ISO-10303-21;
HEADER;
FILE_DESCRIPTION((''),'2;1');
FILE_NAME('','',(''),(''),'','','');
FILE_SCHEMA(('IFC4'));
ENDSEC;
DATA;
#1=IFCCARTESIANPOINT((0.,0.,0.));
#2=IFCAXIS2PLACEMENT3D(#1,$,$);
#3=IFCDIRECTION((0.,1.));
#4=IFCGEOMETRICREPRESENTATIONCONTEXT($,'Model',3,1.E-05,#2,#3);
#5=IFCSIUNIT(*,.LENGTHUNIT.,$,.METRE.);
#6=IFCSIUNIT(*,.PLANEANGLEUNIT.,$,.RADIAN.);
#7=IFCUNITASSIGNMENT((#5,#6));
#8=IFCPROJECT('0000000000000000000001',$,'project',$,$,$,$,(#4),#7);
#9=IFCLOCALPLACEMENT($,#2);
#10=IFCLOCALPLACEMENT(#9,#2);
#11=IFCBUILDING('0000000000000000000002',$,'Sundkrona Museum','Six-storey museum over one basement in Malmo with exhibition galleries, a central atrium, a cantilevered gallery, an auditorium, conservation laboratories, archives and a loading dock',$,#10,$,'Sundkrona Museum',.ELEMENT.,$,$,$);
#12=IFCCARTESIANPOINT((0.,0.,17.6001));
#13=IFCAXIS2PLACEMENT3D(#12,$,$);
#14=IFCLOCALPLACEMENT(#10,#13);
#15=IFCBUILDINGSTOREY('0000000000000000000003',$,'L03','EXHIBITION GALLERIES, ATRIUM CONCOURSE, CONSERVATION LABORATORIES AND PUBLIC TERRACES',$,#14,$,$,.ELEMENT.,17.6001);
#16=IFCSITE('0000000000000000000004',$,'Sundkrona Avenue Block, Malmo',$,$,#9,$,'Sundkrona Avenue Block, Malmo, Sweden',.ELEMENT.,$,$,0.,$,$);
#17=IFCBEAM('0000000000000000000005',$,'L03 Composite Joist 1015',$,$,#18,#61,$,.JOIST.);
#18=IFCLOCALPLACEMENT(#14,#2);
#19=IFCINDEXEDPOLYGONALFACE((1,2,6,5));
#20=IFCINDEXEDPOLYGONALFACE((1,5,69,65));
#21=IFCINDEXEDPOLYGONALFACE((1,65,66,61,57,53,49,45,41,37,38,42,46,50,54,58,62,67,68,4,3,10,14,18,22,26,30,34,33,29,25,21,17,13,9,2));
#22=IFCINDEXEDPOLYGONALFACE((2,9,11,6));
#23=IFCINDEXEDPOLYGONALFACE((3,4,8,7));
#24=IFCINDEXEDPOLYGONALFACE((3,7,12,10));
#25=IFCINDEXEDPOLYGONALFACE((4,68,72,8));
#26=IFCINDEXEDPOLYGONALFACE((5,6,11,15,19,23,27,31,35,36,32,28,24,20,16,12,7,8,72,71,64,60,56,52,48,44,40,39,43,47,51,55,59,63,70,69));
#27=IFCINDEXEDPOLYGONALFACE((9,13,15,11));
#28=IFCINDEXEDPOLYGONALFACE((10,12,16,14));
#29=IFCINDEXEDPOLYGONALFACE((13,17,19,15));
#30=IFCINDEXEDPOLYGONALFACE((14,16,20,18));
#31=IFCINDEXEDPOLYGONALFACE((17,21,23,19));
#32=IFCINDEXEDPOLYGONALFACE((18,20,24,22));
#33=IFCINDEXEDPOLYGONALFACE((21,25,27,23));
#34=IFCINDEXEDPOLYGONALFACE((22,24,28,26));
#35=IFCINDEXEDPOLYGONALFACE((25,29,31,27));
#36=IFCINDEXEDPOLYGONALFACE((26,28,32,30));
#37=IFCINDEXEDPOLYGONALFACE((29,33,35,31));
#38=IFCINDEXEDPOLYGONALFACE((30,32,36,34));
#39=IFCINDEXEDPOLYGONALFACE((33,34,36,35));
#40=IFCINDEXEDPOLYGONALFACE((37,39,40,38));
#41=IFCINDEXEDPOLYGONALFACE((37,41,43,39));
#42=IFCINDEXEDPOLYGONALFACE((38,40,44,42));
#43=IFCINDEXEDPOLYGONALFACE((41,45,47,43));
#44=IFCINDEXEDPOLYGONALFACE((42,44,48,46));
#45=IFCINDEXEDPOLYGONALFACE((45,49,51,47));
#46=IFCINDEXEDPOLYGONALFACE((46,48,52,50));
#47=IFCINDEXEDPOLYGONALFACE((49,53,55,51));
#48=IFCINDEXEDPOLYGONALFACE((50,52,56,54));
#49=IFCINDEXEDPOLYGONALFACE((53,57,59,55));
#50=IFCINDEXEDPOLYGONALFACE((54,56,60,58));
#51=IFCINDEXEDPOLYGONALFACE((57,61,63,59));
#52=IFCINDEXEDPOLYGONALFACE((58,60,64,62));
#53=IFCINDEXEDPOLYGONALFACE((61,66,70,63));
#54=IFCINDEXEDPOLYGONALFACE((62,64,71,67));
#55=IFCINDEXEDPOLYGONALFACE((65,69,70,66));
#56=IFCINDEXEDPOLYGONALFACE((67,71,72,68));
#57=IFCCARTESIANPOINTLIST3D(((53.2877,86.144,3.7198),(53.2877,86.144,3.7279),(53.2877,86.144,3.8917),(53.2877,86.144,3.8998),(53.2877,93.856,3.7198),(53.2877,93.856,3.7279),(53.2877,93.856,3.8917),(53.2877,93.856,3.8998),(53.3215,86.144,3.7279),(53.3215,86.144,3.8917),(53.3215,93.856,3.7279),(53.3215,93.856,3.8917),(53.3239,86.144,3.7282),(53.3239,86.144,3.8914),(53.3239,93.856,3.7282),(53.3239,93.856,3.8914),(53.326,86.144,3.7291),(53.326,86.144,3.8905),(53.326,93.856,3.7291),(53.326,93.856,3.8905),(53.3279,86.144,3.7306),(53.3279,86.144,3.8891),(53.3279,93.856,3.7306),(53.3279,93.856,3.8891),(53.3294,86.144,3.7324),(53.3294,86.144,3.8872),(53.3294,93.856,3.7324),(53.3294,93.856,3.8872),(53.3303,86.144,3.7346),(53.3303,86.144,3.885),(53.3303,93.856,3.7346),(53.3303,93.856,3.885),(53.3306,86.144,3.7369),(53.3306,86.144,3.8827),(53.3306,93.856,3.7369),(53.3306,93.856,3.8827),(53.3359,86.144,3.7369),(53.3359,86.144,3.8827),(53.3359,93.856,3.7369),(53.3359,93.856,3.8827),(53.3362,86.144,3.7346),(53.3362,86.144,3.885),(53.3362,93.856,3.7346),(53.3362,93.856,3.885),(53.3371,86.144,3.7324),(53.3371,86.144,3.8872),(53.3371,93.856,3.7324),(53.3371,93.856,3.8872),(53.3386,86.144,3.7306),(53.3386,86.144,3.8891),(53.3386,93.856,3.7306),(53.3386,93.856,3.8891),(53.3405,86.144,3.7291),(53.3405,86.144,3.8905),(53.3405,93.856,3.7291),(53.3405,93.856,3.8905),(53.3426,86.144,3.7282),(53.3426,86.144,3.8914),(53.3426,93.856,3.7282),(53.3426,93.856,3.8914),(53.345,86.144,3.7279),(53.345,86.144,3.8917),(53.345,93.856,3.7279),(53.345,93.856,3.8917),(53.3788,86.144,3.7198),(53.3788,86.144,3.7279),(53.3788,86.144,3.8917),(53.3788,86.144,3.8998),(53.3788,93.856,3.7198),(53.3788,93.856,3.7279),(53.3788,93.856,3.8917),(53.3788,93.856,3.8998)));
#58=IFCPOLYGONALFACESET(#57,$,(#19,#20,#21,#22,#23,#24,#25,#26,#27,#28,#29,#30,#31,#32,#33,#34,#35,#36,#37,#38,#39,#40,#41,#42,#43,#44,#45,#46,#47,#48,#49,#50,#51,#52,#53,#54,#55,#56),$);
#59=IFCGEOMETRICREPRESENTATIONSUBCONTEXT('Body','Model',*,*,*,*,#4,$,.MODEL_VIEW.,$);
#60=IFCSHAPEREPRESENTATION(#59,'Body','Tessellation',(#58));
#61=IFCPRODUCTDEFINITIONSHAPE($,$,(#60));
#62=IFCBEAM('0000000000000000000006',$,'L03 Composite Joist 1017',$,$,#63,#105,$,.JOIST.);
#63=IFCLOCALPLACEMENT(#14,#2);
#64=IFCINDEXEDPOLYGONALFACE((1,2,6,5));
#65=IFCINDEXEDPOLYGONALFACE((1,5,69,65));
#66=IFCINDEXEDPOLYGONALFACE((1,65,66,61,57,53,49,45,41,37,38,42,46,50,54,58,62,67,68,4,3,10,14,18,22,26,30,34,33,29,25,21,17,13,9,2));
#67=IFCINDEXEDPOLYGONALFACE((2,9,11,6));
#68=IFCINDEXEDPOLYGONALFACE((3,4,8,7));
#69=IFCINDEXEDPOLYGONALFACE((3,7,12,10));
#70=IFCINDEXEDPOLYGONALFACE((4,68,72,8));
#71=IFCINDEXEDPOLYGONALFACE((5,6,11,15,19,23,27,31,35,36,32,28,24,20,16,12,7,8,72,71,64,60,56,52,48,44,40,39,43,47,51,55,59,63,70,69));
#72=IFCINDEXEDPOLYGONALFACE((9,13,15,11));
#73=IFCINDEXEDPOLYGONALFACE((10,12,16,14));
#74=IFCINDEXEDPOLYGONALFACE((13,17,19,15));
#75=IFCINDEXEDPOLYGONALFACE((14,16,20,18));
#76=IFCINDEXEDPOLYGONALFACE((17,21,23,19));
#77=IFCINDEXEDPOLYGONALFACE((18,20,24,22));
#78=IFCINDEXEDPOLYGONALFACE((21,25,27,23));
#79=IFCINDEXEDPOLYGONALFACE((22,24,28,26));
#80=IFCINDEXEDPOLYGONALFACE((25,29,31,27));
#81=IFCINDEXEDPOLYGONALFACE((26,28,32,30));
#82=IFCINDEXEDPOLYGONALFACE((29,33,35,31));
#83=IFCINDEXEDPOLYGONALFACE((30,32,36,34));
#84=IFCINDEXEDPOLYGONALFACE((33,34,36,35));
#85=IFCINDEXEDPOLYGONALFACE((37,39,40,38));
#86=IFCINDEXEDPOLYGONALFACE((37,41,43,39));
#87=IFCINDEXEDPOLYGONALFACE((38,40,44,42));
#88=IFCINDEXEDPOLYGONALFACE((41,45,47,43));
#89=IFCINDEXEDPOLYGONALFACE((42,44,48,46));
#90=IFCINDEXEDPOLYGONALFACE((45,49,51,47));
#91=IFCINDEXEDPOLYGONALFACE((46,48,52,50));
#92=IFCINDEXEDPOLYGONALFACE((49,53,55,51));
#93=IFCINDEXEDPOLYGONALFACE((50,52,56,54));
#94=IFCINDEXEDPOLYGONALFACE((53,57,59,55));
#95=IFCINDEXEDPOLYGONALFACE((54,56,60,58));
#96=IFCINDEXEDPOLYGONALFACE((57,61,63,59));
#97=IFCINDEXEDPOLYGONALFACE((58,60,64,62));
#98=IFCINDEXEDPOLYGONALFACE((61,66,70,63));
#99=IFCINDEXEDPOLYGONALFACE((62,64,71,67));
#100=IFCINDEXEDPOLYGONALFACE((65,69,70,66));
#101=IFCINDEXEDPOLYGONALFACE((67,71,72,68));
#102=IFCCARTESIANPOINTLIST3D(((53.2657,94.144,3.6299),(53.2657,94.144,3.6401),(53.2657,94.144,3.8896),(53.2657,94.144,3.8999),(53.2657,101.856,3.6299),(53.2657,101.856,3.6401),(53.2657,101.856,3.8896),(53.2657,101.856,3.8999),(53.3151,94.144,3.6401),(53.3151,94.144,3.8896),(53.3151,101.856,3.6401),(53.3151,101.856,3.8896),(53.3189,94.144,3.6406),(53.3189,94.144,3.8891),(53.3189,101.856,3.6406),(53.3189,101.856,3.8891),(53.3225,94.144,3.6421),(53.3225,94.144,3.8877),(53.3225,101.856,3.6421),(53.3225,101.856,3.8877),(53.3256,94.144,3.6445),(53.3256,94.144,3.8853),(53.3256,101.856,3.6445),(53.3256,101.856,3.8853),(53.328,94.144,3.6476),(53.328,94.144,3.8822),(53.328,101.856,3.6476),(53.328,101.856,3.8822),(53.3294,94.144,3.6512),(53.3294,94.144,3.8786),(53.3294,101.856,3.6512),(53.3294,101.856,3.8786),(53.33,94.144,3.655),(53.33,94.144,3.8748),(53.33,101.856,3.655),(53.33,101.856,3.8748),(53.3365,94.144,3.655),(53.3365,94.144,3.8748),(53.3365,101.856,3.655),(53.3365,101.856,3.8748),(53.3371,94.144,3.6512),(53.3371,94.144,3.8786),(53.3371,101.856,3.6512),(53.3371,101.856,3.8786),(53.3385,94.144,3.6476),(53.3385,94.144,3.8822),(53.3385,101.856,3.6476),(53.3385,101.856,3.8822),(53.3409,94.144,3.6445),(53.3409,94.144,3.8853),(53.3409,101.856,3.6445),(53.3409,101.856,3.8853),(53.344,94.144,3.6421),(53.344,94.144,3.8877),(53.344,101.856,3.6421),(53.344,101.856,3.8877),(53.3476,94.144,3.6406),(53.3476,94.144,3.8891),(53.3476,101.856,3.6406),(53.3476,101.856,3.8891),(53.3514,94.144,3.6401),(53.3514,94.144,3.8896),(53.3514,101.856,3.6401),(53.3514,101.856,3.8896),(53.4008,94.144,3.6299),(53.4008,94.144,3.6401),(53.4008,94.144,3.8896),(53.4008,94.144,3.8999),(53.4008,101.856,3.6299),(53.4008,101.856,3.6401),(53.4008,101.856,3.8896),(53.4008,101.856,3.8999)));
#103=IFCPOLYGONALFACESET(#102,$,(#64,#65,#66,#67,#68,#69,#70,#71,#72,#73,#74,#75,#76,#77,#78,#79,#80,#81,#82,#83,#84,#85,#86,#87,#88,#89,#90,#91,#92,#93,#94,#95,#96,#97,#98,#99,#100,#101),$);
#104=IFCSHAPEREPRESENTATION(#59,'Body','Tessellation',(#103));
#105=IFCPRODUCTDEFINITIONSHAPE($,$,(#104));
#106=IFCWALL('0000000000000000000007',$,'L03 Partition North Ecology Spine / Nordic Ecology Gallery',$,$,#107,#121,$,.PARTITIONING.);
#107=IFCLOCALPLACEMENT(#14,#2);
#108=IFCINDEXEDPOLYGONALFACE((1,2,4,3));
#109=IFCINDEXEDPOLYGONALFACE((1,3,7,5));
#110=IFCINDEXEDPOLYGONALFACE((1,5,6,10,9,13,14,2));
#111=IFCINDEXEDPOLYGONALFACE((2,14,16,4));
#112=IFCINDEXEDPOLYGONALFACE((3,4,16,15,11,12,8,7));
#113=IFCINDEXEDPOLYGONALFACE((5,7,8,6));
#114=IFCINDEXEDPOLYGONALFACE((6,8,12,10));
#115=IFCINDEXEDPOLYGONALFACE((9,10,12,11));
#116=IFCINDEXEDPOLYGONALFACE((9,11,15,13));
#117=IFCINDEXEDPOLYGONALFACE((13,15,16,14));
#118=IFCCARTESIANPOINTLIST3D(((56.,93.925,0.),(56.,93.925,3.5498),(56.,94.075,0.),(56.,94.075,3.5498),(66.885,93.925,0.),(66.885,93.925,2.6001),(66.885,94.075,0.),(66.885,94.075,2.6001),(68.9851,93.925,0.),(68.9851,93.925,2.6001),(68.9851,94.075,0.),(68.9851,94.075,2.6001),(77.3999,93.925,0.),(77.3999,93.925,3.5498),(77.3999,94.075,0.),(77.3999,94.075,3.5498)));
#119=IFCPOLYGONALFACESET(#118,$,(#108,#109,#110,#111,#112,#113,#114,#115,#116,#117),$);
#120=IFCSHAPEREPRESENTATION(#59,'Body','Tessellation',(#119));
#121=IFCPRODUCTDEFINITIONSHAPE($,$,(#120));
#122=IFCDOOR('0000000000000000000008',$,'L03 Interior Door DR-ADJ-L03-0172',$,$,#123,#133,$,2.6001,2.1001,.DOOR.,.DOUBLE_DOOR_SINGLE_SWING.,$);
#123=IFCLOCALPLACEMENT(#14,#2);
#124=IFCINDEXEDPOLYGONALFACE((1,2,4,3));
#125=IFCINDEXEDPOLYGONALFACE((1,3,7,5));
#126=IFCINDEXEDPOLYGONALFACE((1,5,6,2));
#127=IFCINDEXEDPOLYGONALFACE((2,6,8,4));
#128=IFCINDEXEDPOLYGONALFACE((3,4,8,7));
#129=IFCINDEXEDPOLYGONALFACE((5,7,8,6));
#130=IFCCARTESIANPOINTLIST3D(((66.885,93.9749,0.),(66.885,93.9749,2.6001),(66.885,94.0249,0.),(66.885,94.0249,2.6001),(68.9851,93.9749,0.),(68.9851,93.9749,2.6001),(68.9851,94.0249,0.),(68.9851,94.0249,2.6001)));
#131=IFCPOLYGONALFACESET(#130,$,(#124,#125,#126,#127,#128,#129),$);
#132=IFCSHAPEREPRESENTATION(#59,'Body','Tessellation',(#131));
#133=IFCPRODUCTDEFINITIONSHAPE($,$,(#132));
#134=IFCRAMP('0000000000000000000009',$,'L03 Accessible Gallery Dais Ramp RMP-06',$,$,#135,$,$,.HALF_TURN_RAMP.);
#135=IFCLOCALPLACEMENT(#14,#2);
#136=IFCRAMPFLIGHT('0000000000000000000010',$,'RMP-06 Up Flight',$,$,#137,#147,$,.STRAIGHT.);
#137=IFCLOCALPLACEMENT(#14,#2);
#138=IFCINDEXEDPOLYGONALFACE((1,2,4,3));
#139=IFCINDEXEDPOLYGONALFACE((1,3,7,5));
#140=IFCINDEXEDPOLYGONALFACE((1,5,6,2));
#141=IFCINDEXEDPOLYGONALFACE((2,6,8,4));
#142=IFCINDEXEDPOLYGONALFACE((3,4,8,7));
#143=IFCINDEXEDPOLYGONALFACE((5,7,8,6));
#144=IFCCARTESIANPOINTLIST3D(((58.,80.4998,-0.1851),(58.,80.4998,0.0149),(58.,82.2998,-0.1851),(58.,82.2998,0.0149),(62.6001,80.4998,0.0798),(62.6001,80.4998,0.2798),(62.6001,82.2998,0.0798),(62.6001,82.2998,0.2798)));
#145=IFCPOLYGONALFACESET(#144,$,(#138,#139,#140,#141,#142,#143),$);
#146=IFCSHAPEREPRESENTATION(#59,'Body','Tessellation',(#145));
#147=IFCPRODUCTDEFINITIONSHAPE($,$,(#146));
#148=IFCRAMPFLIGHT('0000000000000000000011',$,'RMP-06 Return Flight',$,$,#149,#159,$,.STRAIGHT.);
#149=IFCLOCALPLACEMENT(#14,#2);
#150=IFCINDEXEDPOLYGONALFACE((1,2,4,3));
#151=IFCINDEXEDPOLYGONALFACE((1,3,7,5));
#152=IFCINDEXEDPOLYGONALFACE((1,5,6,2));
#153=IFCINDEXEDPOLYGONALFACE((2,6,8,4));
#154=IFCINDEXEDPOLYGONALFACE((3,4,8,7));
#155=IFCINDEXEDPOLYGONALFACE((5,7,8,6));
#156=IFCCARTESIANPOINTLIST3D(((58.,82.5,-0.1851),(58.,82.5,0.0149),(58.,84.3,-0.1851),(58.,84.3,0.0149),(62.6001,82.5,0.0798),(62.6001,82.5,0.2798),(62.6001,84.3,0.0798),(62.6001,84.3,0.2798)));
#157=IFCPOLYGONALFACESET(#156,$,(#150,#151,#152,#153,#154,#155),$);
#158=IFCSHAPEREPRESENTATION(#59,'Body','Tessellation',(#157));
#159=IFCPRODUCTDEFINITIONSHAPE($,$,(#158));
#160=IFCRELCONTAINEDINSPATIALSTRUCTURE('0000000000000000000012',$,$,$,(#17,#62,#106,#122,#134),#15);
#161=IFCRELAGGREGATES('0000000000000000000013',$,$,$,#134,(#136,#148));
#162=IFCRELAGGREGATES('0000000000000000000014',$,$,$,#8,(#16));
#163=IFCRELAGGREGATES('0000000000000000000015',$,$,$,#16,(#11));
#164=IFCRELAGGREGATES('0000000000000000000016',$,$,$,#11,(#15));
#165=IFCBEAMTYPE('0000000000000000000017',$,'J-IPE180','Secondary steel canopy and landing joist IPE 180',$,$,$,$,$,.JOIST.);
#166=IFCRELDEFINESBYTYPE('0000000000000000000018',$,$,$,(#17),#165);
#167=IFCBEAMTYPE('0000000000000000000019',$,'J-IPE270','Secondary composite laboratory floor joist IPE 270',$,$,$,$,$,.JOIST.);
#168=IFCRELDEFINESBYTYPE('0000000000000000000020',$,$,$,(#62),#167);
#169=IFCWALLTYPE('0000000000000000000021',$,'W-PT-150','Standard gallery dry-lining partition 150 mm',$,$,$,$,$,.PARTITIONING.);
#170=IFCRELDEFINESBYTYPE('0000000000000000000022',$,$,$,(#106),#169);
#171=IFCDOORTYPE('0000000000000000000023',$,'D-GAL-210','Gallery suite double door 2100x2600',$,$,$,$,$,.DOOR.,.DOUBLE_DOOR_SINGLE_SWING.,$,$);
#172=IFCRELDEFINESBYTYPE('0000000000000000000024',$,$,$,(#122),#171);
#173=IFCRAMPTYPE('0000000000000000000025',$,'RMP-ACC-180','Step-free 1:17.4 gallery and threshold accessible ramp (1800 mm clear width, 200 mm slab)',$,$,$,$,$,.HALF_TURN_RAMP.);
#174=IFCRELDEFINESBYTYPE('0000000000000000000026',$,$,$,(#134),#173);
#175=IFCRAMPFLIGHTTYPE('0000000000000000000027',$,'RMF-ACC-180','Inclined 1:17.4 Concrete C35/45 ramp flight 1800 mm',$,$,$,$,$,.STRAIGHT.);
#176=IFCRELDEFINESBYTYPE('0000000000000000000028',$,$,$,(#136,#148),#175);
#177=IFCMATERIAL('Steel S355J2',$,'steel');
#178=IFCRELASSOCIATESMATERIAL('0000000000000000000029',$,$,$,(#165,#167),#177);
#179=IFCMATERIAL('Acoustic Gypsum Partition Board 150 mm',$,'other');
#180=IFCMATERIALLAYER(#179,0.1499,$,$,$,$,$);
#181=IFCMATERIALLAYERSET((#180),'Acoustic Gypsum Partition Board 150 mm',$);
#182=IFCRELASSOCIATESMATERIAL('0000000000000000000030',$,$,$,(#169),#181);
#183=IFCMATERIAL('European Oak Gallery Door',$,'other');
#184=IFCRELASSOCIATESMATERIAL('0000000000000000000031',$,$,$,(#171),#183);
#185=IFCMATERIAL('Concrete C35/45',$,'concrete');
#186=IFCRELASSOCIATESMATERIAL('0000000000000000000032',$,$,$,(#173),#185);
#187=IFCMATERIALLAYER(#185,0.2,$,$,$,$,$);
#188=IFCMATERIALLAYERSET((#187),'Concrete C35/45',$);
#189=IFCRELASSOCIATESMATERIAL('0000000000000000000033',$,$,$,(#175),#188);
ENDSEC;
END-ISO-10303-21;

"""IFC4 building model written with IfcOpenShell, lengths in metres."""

from ifc_helpers import new_model, si_unit, direction, frame, frame_2d, origin, origin_2d, place, context, subcontext, project, spatial, polyline, rectangle, i_section, outline, extrude, material, layer, layer_set, material_profile, profile_set, type_object, element, fill, aggregate, save


model = new_model("IFC4")

# Units and contexts
model_context = context("Model", 3, precision=1e-05, world=origin(), true_north=direction((0.0, 1.0)))
body_context = subcontext(model_context, "Body", "Model", "MODEL_VIEW")
ifc_project = project(units=[si_unit("LENGTHUNIT", "METRE"), si_unit("PLANEANGLEUNIT", "RADIAN")], contexts=[model_context])

# Site, building, storey
site_placement = place(None, origin())
site = spatial("IfcSite", under=ifc_project, at=site_placement, Name="Sundkrona Avenue Block, Malmo", LongName="Sundkrona Avenue Block, Malmo, Sweden", CompositionType="ELEMENT", RefElevation=0.0)
building_placement = place(site_placement, origin())
building = spatial("IfcBuilding", under=site, at=building_placement, Name="Sundkrona Museum", Description="Six-storey museum over one basement in Malmo with exhibition galleries, a central atrium, a cantilevered gallery, an auditorium, conservation laboratories, archives and a loading dock", LongName="Sundkrona Museum", CompositionType="ELEMENT")
storey_placement = place(building_placement, frame((0.0, 0.0, 17.6001)))
storey = spatial("IfcBuildingStorey", under=building, at=storey_placement, Name="L03", Description="EXHIBITION GALLERIES, ATRIUM CONCOURSE, CONSERVATION LABORATORIES AND PUBLIC TERRACES", CompositionType="ELEMENT", Elevation=17.6001)

# Shared definitions
ifc_material_1 = material(Name="Steel S355J2", Category="steel")

# Beams
ifc_material_profile_1 = material_profile(ifc_material_1, i_section(OverallWidth=0.0911, OverallDepth=0.1799, WebThickness=0.0054, FlangeThickness=0.0081, FilletRadius=0.009, at=origin_2d()), Name="IPE 180")
ifc_profile_set_1 = profile_set([ifc_material_profile_1], Name="Steel S355J2")
beam_type_1 = type_object("IfcBeamType", Name="J-IPE180", Description="Secondary steel canopy and landing joist IPE 180", PredefinedType="JOIST", material=ifc_profile_set_1)
beam_1_placement = place(storey_placement, frame((53.3333, 86.144, 3.8098), z_axis=(0.0, 1.0, 0.0), x_axis=(-1.0, 0.0, 0.0)))
element("IfcBeam", 1, at=beam_1_placement, inside=storey, type_object=beam_type_1, Name="L03 Composite Joist 1015", PredefinedType="JOIST", context=body_context, shape_type="SweptSolid", body=[
    extrude(i_section(OverallWidth=0.0911, OverallDepth=0.1799, WebThickness=0.0054, FlangeThickness=0.0081, FilletRadius=0.009, at=origin_2d()), origin(), (0.0, 0.0, 1.0), 7.7119),
])
ifc_material_profile_2 = material_profile(ifc_material_1, i_section(OverallWidth=0.135, OverallDepth=0.27, WebThickness=0.0066, FlangeThickness=0.0103, FilletRadius=0.0149, at=origin_2d()), Name="IPE 270")
ifc_profile_set_2 = profile_set([ifc_material_profile_2], Name="Steel S355J2")
beam_type_2 = type_object("IfcBeamType", Name="J-IPE270", Description="Secondary composite laboratory floor joist IPE 270", PredefinedType="JOIST", material=ifc_profile_set_2)
beam_2_placement = place(storey_placement, frame((53.3333, 94.144, 3.7649), z_axis=(0.0, 1.0, 0.0), x_axis=(-1.0, 0.0, 0.0)))
element("IfcBeam", 2, at=beam_2_placement, inside=storey, type_object=beam_type_2, Name="L03 Composite Joist 1017", PredefinedType="JOIST", context=body_context, shape_type="SweptSolid", body=[
    extrude(i_section(OverallWidth=0.135, OverallDepth=0.27, WebThickness=0.0066, FlangeThickness=0.0103, FilletRadius=0.0149, at=origin_2d()), origin(), (0.0, 0.0, 1.0), 7.7119),
])

# Wall, opening, door
ifc_material_2 = material(Name="Acoustic Gypsum Partition Board 150 mm", Category="other")
ifc_layer_1 = layer(ifc_material_2, 0.1499)
ifc_layer_set_1 = layer_set([ifc_layer_1], Name="Acoustic Gypsum Partition Board 150 mm")
wall_type = type_object("IfcWallType", Name="W-PT-150", Description="Standard gallery dry-lining partition 150 mm", PredefinedType="PARTITIONING", material=ifc_layer_set_1)
wall_placement = place(storey_placement, frame((56.0, 94.0, 0.0), z_axis=(0.0, 0.0, 1.0), x_axis=(1.0, 0.0, 0.0)))
wall = element("IfcWall", 3, at=wall_placement, inside=storey, type_object=wall_type, Name="L03 Partition North Ecology Spine / Nordic Ecology Gallery", PredefinedType="PARTITIONING", context=body_context, shape_type="SweptSolid", body=[
    extrude(rectangle(XDim=21.3999, YDim=0.1499, at=frame_2d((10.7, 0.0))), origin(), (0.0, 0.0, 1.0), 3.5498),
])
opening_placement = place(wall_placement, frame((10.885, 0.0, 0.0)))
opening = element("IfcOpeningElement", 4, at=opening_placement, cuts=wall, PredefinedType="OPENING", context=body_context, shape_type="SweptSolid", body=[
    extrude(rectangle(XDim=2.1001, YDim=2.6001, at=frame_2d((1.05, 1.3))), frame((0.0, 0.085, 0.0), z_axis=(0.0, -1.0, 0.0), x_axis=(1.0, 0.0, 0.0)), (0.0, 0.0, 1.0), 0.1699),
])
ifc_material_3 = material(Name="European Oak Gallery Door", Category="other")
door_type = type_object("IfcDoorType", Name="D-GAL-210", Description="Gallery suite double door 2100x2600", OperationType="DOUBLE_DOOR_SINGLE_SWING", PredefinedType="DOOR", material=ifc_material_3)
door_placement = place(opening_placement, origin())
door = element("IfcDoor", 5, at=door_placement, inside=storey, type_object=door_type, Name="L03 Interior Door DR-ADJ-L03-0172", OperationType="DOUBLE_DOOR_SINGLE_SWING", OverallHeight=2.6001, OverallWidth=2.1001, PredefinedType="DOOR", context=body_context, shape_type="SweptSolid", body=[
    extrude(rectangle(XDim=2.1001, YDim=2.6001, at=frame_2d((1.05, 1.3))), frame((0.0, 0.0249, 0.0), z_axis=(0.0, -1.0, 0.0), x_axis=(1.0, 0.0, 0.0)), (0.0, 0.0, 1.0), 0.05),
])
fill(opening, door)

# Ramp, ramp flights
ifc_material_4 = material(Name="Concrete C35/45", Category="concrete")
ramp_type = type_object("IfcRampType", Name="RMP-ACC-180", Description="Step-free 1:17.4 gallery and threshold accessible ramp (1800 mm clear width, 200 mm slab)", PredefinedType="HALF_TURN_RAMP", material=ifc_material_4)
ramp_placement = place(storey_placement, origin())
ramp = element("IfcRamp", 6, at=ramp_placement, inside=storey, type_object=ramp_type, Name="L03 Accessible Gallery Dais Ramp RMP-06", PredefinedType="HALF_TURN_RAMP")
ifc_layer_2 = layer(ifc_material_4, 0.2)
ifc_layer_set_2 = layer_set([ifc_layer_2], Name="Concrete C35/45")
ramp_flight_type = type_object("IfcRampFlightType", Name="RMF-ACC-180", Description="Inclined 1:17.4 Concrete C35/45 ramp flight 1800 mm", PredefinedType="STRAIGHT", material=ifc_layer_set_2)
ramp_flight_1_placement = place(storey_placement, frame((58.0, 81.3999, 0.0149), z_axis=(0.0, 0.0, 1.0), x_axis=(1.0, 0.0, 0.0)))
ramp_flight_1 = element("IfcRampFlight", 7, at=ramp_flight_1_placement, type_object=ramp_flight_type, Name="RMP-06 Up Flight", PredefinedType="STRAIGHT", context=body_context, shape_type="SweptSolid", body=[
    extrude(outline(polyline([(0.0, -0.2), (4.6001, 0.0649), (4.6001, 0.2649), (0.0, 0.0), (0.0, -0.2)])), frame((0.0, 0.8999, 0.0), z_axis=(0.0, -1.0, 0.0), x_axis=(1.0, 0.0, 0.0)), (0.0, 0.0, 1.0), 1.8),
])
ramp_flight_2_placement = place(storey_placement, frame((62.6001, 83.3999, 0.2798), z_axis=(0.0, 0.0, 1.0), x_axis=(-1.0, 0.0, 0.0)))
ramp_flight_2 = element("IfcRampFlight", 8, at=ramp_flight_2_placement, type_object=ramp_flight_type, Name="RMP-06 Return Flight", PredefinedType="STRAIGHT", context=body_context, shape_type="SweptSolid", body=[
    extrude(outline(polyline([(0.0, -0.2), (4.6001, -0.4648), (4.6001, -0.2649), (0.0, 0.0), (0.0, -0.2)])), frame((0.0, 0.8999, 0.0), z_axis=(0.0, -1.0, 0.0), x_axis=(1.0, 0.0, 0.0)), (0.0, 0.0, 1.0), 1.8),
])
aggregate(ramp, [ramp_flight_1, ramp_flight_2])

save(model, "model.ifc")
